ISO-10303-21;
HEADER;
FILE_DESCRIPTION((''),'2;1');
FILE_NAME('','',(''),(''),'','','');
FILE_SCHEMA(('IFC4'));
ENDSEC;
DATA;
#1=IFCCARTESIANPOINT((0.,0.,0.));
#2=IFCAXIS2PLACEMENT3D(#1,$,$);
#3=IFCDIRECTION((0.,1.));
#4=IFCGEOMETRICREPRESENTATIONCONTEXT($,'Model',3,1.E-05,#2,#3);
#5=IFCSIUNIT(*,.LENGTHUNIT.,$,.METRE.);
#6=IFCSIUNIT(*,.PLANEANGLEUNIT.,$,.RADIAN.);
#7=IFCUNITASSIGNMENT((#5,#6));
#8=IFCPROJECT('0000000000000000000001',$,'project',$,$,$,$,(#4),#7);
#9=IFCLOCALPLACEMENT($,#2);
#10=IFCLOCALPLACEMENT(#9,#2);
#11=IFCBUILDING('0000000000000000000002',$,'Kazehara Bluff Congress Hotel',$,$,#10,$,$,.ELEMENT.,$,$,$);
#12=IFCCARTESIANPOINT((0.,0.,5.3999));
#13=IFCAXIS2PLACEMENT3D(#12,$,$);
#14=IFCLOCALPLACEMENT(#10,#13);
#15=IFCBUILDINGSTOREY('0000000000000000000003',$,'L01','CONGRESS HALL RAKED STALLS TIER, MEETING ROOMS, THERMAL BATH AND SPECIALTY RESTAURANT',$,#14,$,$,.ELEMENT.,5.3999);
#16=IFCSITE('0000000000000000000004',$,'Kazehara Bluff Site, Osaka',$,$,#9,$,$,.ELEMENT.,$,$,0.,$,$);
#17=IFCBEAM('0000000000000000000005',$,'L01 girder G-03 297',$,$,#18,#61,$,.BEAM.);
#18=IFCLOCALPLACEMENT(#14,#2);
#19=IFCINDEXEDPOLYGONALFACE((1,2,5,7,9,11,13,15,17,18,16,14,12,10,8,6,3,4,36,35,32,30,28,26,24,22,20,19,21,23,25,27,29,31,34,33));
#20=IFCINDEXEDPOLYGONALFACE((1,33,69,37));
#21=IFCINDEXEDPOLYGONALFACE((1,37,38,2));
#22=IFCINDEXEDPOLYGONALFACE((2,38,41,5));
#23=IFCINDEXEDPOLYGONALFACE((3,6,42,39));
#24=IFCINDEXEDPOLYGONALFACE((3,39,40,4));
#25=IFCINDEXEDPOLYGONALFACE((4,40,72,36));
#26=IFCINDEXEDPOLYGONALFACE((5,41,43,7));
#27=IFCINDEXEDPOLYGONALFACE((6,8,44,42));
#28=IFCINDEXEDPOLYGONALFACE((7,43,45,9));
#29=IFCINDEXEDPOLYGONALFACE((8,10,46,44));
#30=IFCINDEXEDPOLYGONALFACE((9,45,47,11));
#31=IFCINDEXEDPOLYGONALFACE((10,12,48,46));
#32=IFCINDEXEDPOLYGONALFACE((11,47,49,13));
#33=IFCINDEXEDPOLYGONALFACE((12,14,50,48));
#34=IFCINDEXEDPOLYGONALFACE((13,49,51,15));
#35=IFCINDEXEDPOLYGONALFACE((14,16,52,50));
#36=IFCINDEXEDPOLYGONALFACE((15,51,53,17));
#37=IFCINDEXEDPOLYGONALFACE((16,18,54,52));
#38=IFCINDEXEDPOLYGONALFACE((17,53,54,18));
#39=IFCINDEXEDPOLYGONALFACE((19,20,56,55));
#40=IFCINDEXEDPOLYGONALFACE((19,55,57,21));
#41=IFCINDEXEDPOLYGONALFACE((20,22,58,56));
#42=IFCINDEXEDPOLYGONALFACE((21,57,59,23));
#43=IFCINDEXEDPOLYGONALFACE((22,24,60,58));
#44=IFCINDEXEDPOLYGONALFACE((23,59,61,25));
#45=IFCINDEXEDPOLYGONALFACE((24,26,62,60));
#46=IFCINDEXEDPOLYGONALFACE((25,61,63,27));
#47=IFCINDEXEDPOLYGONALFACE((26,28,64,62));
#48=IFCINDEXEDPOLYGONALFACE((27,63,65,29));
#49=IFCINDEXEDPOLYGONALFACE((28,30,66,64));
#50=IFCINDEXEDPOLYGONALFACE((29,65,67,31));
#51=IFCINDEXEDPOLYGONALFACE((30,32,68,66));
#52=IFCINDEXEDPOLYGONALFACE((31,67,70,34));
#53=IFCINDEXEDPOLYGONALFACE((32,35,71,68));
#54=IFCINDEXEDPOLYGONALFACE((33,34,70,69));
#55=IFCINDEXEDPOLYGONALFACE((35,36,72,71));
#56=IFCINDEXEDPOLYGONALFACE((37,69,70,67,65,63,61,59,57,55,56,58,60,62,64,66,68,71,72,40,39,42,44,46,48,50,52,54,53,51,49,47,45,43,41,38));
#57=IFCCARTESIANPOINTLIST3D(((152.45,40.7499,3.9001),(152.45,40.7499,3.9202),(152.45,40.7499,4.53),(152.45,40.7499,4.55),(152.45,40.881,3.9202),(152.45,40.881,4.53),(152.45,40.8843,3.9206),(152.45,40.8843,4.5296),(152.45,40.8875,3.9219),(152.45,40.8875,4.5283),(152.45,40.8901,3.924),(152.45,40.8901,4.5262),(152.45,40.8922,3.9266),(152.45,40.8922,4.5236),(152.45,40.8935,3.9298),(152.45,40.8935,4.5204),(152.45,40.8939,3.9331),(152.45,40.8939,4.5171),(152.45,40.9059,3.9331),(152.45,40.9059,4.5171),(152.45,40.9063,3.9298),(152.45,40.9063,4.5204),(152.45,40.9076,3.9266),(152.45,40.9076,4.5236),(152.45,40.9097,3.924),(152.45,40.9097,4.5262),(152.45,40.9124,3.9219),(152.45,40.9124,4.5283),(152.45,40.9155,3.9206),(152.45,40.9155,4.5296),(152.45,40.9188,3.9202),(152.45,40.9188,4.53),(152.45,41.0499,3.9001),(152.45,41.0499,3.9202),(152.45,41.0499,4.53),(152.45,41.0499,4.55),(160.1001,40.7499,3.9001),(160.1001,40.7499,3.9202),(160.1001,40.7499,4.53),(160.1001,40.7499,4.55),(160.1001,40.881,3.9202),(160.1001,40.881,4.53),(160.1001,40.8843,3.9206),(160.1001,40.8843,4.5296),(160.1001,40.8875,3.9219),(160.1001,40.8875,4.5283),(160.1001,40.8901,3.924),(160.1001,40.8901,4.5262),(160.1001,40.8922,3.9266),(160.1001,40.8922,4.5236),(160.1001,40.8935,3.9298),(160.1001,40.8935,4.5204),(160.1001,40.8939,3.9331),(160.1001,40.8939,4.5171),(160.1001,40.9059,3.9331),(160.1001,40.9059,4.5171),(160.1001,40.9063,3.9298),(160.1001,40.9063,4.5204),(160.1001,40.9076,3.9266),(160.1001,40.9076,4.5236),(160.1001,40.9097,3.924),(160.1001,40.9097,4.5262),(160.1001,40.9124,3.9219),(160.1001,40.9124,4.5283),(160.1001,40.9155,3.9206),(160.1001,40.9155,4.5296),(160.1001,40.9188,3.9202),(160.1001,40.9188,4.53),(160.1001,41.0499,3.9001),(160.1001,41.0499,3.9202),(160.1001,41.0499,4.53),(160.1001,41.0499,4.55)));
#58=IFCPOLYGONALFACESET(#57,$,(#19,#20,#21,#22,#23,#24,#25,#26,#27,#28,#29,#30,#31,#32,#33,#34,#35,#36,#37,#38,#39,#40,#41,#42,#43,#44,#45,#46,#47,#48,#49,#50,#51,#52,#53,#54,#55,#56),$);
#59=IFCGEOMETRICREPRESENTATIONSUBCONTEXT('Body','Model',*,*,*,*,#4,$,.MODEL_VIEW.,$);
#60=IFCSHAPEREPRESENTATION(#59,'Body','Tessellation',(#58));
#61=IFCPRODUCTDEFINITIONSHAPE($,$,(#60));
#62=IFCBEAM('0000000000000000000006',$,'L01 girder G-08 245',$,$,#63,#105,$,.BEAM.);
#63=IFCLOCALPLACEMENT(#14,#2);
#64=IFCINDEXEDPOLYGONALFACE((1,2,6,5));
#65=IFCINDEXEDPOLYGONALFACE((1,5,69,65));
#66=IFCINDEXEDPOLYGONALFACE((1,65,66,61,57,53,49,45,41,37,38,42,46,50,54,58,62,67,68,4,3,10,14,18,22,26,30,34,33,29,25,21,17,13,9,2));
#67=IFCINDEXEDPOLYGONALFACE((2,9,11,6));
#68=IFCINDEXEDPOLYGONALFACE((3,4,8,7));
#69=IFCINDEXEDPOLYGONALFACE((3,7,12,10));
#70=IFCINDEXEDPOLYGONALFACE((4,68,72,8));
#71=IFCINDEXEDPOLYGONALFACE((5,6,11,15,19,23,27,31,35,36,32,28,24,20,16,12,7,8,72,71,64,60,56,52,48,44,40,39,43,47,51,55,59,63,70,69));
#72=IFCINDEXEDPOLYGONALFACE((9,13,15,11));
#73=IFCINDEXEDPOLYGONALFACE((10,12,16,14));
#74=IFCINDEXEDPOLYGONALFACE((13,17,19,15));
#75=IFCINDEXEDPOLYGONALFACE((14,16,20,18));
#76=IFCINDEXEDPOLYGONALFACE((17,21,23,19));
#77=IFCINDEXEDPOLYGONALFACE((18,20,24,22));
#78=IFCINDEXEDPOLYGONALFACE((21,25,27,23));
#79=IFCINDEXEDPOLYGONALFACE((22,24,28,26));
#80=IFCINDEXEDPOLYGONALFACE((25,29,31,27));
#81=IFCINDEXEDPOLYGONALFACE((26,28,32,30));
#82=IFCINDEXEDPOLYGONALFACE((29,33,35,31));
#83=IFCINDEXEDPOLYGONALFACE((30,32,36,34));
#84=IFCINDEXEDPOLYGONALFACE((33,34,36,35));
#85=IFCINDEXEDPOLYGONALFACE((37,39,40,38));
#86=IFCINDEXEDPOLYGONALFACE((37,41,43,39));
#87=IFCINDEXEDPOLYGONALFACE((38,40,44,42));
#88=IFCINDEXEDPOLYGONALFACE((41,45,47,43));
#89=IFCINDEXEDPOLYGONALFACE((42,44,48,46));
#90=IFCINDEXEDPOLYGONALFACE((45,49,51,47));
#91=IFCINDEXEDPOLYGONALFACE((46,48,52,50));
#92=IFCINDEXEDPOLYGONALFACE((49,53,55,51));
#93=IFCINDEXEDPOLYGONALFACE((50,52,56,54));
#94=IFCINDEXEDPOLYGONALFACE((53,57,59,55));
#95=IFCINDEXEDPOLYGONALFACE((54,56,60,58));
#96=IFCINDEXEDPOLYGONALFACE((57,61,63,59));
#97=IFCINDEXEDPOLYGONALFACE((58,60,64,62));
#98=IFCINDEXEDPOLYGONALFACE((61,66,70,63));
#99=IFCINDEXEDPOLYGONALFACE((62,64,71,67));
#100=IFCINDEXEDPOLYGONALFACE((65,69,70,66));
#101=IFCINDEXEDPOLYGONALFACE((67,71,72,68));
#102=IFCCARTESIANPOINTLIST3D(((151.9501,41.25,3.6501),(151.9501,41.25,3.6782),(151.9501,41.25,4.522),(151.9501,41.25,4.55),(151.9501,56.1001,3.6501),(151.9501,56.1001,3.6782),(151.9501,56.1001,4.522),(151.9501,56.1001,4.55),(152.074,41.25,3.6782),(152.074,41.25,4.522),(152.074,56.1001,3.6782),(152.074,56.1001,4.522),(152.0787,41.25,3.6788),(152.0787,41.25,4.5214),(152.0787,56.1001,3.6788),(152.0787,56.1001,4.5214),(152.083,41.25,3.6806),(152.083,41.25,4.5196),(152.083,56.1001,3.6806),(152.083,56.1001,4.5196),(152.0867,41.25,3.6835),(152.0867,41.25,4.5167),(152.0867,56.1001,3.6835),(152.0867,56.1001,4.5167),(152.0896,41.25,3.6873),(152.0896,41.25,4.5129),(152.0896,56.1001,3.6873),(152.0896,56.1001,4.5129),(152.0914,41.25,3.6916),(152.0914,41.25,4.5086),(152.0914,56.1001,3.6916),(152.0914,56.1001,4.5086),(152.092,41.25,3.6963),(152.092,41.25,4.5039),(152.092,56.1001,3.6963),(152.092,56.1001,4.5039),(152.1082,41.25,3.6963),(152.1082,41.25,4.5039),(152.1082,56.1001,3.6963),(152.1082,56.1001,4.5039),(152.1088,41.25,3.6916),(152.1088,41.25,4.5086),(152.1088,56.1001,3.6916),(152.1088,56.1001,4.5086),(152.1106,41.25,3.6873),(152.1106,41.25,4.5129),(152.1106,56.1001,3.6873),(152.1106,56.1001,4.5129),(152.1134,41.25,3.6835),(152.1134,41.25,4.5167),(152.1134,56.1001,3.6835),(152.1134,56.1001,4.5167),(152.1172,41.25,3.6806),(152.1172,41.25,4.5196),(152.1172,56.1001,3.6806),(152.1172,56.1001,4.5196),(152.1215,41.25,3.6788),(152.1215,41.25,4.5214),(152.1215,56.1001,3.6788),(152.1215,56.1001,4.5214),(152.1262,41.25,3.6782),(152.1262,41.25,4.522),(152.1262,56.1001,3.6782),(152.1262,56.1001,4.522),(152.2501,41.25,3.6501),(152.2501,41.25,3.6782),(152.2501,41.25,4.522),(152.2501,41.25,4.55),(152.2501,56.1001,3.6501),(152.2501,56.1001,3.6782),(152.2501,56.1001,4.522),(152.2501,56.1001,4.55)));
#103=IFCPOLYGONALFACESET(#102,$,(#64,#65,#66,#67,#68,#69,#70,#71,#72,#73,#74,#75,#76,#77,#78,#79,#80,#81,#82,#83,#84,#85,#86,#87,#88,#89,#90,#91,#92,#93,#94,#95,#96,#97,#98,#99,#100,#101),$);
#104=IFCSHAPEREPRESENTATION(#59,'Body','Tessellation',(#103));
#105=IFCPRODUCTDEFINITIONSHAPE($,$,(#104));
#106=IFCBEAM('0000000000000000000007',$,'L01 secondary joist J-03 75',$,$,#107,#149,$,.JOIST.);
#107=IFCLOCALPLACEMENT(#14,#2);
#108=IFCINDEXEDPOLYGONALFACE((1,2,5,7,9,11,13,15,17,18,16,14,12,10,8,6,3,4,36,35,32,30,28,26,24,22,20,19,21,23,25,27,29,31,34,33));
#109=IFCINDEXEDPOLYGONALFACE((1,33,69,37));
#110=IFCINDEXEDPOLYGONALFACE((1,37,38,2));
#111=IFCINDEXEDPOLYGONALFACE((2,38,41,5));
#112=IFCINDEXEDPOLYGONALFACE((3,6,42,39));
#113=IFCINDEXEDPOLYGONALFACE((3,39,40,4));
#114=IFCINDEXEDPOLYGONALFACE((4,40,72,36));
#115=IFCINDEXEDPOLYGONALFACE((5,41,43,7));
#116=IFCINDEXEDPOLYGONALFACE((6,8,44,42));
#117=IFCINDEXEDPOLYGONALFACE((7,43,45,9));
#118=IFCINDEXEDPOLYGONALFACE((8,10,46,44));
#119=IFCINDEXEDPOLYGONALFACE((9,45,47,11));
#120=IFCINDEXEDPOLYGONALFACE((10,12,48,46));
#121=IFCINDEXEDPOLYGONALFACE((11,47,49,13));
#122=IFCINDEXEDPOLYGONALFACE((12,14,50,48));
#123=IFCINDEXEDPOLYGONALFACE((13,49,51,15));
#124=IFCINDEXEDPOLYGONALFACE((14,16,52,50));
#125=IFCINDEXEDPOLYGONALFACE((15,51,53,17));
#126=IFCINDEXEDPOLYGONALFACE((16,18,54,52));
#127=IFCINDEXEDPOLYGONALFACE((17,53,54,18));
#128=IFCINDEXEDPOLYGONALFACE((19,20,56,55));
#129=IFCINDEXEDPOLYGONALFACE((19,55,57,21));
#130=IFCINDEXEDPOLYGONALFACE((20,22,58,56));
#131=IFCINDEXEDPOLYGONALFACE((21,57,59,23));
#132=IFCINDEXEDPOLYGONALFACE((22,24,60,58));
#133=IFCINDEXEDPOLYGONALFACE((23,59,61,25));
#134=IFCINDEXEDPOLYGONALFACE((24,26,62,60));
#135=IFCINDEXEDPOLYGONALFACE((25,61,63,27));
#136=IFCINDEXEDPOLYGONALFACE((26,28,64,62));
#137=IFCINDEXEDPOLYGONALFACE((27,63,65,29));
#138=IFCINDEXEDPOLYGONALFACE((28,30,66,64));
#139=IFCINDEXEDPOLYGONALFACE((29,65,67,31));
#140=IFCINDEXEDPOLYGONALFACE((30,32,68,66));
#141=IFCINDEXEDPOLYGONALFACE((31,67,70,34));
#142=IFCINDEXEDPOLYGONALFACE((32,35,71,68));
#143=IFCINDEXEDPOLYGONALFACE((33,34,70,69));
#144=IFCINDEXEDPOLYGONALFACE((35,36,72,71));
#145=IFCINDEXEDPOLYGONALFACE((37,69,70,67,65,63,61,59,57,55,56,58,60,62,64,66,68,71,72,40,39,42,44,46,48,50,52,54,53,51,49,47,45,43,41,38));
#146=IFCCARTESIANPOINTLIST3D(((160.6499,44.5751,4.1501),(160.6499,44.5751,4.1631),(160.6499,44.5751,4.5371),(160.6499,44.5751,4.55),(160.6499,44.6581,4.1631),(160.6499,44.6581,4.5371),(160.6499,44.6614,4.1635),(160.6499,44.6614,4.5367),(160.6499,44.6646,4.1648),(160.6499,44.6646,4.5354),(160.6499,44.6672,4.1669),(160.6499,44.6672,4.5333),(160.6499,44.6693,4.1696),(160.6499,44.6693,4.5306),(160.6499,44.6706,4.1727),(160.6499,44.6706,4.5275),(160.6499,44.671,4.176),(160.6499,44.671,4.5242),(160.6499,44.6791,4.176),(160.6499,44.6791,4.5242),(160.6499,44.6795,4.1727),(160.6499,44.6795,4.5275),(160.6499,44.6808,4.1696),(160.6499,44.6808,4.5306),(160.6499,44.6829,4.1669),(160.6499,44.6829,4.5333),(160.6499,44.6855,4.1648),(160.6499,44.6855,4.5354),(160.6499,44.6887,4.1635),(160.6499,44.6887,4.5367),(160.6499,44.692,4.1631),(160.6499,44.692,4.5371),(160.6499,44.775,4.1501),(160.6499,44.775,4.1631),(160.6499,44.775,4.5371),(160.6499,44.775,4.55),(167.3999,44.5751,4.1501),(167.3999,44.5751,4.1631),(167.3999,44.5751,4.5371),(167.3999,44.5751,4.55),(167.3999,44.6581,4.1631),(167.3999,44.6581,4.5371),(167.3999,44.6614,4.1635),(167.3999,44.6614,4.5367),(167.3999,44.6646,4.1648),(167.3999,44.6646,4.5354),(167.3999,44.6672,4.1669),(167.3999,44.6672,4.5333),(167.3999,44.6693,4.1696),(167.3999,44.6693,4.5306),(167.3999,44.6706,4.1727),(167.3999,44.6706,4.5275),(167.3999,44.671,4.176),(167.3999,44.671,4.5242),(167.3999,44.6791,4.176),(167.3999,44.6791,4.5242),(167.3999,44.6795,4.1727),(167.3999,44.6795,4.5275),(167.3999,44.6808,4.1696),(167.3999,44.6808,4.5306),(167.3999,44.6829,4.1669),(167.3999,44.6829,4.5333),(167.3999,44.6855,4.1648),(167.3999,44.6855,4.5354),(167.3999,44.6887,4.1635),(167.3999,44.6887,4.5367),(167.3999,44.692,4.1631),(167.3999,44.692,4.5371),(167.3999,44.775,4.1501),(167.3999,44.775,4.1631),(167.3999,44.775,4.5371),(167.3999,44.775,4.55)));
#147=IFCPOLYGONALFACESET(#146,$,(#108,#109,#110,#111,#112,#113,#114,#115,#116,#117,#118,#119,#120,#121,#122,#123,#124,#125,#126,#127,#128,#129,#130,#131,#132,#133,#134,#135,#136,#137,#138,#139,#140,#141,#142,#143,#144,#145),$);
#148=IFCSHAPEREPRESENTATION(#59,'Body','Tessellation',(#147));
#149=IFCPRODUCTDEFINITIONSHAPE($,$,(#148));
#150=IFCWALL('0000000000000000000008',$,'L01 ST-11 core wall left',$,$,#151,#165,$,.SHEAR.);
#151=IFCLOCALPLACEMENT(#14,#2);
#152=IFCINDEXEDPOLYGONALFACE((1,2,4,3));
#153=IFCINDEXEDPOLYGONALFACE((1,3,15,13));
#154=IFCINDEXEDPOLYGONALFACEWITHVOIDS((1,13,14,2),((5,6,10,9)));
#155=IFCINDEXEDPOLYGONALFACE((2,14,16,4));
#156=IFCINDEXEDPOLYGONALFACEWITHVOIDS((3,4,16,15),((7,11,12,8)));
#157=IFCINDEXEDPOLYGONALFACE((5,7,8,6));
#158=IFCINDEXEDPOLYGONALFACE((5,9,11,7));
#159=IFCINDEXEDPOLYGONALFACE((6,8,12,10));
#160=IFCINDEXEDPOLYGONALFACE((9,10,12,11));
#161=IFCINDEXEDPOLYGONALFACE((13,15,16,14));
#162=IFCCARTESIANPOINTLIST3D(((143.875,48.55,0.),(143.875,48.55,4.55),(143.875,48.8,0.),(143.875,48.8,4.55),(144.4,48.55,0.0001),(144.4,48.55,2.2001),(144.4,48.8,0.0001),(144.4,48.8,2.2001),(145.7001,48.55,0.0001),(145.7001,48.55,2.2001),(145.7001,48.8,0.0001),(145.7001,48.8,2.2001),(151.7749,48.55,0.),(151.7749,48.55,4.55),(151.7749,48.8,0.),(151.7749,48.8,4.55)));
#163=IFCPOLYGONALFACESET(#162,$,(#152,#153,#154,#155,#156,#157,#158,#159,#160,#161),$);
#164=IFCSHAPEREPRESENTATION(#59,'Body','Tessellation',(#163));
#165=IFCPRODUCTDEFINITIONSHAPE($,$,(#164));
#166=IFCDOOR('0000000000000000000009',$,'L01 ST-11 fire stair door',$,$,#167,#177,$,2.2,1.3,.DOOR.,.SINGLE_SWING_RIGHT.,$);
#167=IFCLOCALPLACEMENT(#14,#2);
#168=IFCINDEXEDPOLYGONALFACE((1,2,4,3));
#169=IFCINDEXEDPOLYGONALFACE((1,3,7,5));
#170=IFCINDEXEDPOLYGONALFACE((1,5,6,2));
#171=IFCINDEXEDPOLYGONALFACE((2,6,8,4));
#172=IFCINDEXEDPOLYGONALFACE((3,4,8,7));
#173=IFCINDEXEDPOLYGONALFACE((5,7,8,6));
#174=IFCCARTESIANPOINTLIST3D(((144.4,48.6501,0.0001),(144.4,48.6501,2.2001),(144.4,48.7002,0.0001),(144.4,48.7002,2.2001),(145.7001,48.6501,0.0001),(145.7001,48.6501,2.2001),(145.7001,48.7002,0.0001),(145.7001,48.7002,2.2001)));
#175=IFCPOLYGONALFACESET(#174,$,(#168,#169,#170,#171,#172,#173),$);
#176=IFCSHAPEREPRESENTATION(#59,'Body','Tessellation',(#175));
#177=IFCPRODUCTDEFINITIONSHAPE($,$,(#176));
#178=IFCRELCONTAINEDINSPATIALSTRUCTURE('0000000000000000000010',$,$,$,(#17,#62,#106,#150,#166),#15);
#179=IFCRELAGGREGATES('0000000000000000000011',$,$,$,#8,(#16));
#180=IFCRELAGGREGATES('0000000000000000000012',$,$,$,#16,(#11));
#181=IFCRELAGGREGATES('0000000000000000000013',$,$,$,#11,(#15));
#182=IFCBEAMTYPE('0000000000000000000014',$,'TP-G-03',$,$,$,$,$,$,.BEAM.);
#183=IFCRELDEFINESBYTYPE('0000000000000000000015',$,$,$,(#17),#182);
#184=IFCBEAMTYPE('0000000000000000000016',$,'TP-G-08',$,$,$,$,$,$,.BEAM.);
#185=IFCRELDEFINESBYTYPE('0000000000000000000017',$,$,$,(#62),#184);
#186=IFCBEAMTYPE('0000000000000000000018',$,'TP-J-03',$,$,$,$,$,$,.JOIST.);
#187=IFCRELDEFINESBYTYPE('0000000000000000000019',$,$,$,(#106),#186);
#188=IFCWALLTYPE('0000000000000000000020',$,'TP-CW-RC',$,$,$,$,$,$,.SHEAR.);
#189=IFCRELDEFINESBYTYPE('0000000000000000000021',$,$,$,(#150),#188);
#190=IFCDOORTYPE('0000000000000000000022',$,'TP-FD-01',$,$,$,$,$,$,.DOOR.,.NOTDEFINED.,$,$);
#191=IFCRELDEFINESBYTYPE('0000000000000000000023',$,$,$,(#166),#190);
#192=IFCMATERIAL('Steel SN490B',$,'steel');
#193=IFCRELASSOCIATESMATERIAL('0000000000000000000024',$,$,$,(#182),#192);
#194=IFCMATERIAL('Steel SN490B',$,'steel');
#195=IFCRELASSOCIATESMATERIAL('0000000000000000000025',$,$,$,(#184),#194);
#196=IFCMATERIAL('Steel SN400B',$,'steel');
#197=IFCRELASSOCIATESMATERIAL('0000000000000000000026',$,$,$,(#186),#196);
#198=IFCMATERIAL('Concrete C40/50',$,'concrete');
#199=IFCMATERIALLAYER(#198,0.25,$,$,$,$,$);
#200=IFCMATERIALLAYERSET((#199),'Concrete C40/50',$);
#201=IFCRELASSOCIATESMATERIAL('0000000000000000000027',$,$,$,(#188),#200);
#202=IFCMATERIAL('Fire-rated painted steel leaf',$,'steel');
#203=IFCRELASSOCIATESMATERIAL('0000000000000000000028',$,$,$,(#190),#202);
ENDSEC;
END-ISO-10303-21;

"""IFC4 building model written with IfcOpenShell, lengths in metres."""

from ifc_helpers import new_model, si_unit, direction, frame, frame_2d, origin, origin_2d, place, context, subcontext, project, spatial, rectangle, i_section, extrude, material, layer, layer_set, material_profile, profile_set, type_object, element, fill, save


model = new_model("IFC4")

# Units and contexts
model_context = context("Model", 3, precision=1e-05, world=origin(), true_north=direction((0.0, 1.0)))
body_context = subcontext(model_context, "Body", "Model", "MODEL_VIEW")
ifc_project = project(units=[si_unit("LENGTHUNIT", "METRE"), si_unit("PLANEANGLEUNIT", "RADIAN")], contexts=[model_context])

# Site, building, storey
site_placement = place(None, origin())
site = spatial("IfcSite", under=ifc_project, at=site_placement, Name="Kazehara Bluff Site, Osaka", CompositionType="ELEMENT", RefElevation=0.0)
building_placement = place(site_placement, origin())
building = spatial("IfcBuilding", under=site, at=building_placement, Name="Kazehara Bluff Congress Hotel", CompositionType="ELEMENT")
storey_placement = place(building_placement, frame((0.0, 0.0, 5.3999)))
storey = spatial("IfcBuildingStorey", under=building, at=storey_placement, Name="L01", Description="CONGRESS HALL RAKED STALLS TIER, MEETING ROOMS, THERMAL BATH AND SPECIALTY RESTAURANT", CompositionType="ELEMENT", Elevation=5.3999)

# Beams
ifc_material_1 = material(Name="Steel SN490B", Category="steel")
ifc_material_profile_1 = material_profile(ifc_material_1, i_section(OverallWidth=0.3, OverallDepth=0.6499, WebThickness=0.012, FlangeThickness=0.02, FilletRadius=0.0129, at=origin_2d()))
ifc_profile_set_1 = profile_set([ifc_material_profile_1], Name="Steel SN490B")
beam_type_1 = type_object("IfcBeamType", Name="TP-G-03", PredefinedType="BEAM", material=ifc_profile_set_1)
beam_1_placement = place(storey_placement, frame((152.45, 40.8999, 4.2251), z_axis=(1.0, 0.0, 0.0), x_axis=(0.0, 1.0, 0.0)))
element("IfcBeam", 1, at=beam_1_placement, inside=storey, type_object=beam_type_1, Name="L01 girder G-03 297", PredefinedType="BEAM", context=body_context, shape_type="SweptSolid", body=[
    extrude(i_section(OverallWidth=0.3, OverallDepth=0.6499, WebThickness=0.012, FlangeThickness=0.02, FilletRadius=0.0129, at=origin_2d()), origin(), (0.0, 0.0, 1.0), 7.6501),
])
ifc_material_2 = material(Name="Steel SN490B", Category="steel")
ifc_material_profile_2 = material_profile(ifc_material_2, i_section(OverallWidth=0.3, OverallDepth=0.8999, WebThickness=0.0161, FlangeThickness=0.0281, FilletRadius=0.0181, at=origin_2d()))
ifc_profile_set_2 = profile_set([ifc_material_profile_2], Name="Steel SN490B")
beam_type_2 = type_object("IfcBeamType", Name="TP-G-08", PredefinedType="BEAM", material=ifc_profile_set_2)
beam_2_placement = place(storey_placement, frame((152.1001, 41.25, 4.1001), z_axis=(0.0, 1.0, 0.0), x_axis=(-1.0, 0.0, 0.0)))
element("IfcBeam", 2, at=beam_2_placement, inside=storey, type_object=beam_type_2, Name="L01 girder G-08 245", PredefinedType="BEAM", context=body_context, shape_type="SweptSolid", body=[
    extrude(i_section(OverallWidth=0.3, OverallDepth=0.8999, WebThickness=0.0161, FlangeThickness=0.0281, FilletRadius=0.0181, at=origin_2d()), origin(), (0.0, 0.0, 1.0), 14.8501),
])
ifc_material_3 = material(Name="Steel SN400B", Category="steel")
ifc_material_profile_3 = material_profile(ifc_material_3, i_section(OverallWidth=0.2, OverallDepth=0.3999, WebThickness=0.0081, FlangeThickness=0.0129, FilletRadius=0.0129, at=origin_2d()))
ifc_profile_set_3 = profile_set([ifc_material_profile_3], Name="Steel SN400B")
beam_type_3 = type_object("IfcBeamType", Name="TP-J-03", PredefinedType="JOIST", material=ifc_profile_set_3)
beam_3_placement = place(storey_placement, frame((160.6499, 44.675, 4.3501), z_axis=(1.0, 0.0, 0.0), x_axis=(0.0, 1.0, 0.0)))
element("IfcBeam", 3, at=beam_3_placement, inside=storey, type_object=beam_type_3, Name="L01 secondary joist J-03 75", PredefinedType="JOIST", context=body_context, shape_type="SweptSolid", body=[
    extrude(i_section(OverallWidth=0.2, OverallDepth=0.3999, WebThickness=0.0081, FlangeThickness=0.0129, FilletRadius=0.0129, at=origin_2d()), origin(), (0.0, 0.0, 1.0), 6.75),
])

# Wall, opening, door
ifc_material_4 = material(Name="Concrete C40/50", Category="concrete")
ifc_layer_1 = layer(ifc_material_4, 0.25)
ifc_layer_set_1 = layer_set([ifc_layer_1], Name="Concrete C40/50")
wall_type_1 = type_object("IfcWallType", Name="TP-CW-RC", PredefinedType="SHEAR", material=ifc_layer_set_1)
wall_1_placement = place(storey_placement, frame((151.7749, 48.675, 0.0), z_axis=(0.0, 0.0, 1.0), x_axis=(-1.0, 0.0, 0.0)))
wall_1 = element("IfcWall", 4, at=wall_1_placement, inside=storey, type_object=wall_type_1, Name="L01 ST-11 core wall left", PredefinedType="SHEAR", context=body_context, shape_type="SweptSolid", body=[
    extrude(rectangle(XDim=7.8999, YDim=0.25, at=frame_2d((3.95, 0.0))), origin(), (0.0, 0.0, 1.0), 4.55),
])
opening_1_placement = place(wall_1_placement, frame((6.075, 0.0, 0.0)))
opening_1 = element("IfcOpeningElement", 5, at=opening_1_placement, cuts=wall_1, PredefinedType="OPENING", context=body_context, shape_type="SweptSolid", body=[
    extrude(rectangle(XDim=1.3, YDim=2.2, at=frame_2d((0.6499, 1.1001))), frame((0.0, 0.135, 0.0), z_axis=(0.0, -1.0, 0.0), x_axis=(1.0, 0.0, 0.0)), (0.0, 0.0, 1.0), 0.27),
])
ifc_material_5 = material(Name="Fire-rated painted steel leaf", Category="steel")
door_type = type_object("IfcDoorType", Name="TP-FD-01", OperationType="NOTDEFINED", PredefinedType="DOOR", material=ifc_material_5)
door_1_placement = place(opening_1_placement, origin())
door_1 = element("IfcDoor", 6, at=door_1_placement, inside=storey, type_object=door_type, Name="L01 ST-11 fire stair door", OperationType="SINGLE_SWING_RIGHT", OverallHeight=2.2, OverallWidth=1.3, PredefinedType="DOOR", context=body_context, shape_type="SweptSolid", body=[
    extrude(rectangle(XDim=1.3, YDim=2.2, at=frame_2d((0.6499, 1.1001))), frame((0.0, 0.0249, 0.0), z_axis=(0.0, -1.0, 0.0), x_axis=(1.0, 0.0, 0.0)), (0.0, 0.0, 1.0), 0.05),
])
fill(opening_1, door_1)

save(model, "model.ifc")
